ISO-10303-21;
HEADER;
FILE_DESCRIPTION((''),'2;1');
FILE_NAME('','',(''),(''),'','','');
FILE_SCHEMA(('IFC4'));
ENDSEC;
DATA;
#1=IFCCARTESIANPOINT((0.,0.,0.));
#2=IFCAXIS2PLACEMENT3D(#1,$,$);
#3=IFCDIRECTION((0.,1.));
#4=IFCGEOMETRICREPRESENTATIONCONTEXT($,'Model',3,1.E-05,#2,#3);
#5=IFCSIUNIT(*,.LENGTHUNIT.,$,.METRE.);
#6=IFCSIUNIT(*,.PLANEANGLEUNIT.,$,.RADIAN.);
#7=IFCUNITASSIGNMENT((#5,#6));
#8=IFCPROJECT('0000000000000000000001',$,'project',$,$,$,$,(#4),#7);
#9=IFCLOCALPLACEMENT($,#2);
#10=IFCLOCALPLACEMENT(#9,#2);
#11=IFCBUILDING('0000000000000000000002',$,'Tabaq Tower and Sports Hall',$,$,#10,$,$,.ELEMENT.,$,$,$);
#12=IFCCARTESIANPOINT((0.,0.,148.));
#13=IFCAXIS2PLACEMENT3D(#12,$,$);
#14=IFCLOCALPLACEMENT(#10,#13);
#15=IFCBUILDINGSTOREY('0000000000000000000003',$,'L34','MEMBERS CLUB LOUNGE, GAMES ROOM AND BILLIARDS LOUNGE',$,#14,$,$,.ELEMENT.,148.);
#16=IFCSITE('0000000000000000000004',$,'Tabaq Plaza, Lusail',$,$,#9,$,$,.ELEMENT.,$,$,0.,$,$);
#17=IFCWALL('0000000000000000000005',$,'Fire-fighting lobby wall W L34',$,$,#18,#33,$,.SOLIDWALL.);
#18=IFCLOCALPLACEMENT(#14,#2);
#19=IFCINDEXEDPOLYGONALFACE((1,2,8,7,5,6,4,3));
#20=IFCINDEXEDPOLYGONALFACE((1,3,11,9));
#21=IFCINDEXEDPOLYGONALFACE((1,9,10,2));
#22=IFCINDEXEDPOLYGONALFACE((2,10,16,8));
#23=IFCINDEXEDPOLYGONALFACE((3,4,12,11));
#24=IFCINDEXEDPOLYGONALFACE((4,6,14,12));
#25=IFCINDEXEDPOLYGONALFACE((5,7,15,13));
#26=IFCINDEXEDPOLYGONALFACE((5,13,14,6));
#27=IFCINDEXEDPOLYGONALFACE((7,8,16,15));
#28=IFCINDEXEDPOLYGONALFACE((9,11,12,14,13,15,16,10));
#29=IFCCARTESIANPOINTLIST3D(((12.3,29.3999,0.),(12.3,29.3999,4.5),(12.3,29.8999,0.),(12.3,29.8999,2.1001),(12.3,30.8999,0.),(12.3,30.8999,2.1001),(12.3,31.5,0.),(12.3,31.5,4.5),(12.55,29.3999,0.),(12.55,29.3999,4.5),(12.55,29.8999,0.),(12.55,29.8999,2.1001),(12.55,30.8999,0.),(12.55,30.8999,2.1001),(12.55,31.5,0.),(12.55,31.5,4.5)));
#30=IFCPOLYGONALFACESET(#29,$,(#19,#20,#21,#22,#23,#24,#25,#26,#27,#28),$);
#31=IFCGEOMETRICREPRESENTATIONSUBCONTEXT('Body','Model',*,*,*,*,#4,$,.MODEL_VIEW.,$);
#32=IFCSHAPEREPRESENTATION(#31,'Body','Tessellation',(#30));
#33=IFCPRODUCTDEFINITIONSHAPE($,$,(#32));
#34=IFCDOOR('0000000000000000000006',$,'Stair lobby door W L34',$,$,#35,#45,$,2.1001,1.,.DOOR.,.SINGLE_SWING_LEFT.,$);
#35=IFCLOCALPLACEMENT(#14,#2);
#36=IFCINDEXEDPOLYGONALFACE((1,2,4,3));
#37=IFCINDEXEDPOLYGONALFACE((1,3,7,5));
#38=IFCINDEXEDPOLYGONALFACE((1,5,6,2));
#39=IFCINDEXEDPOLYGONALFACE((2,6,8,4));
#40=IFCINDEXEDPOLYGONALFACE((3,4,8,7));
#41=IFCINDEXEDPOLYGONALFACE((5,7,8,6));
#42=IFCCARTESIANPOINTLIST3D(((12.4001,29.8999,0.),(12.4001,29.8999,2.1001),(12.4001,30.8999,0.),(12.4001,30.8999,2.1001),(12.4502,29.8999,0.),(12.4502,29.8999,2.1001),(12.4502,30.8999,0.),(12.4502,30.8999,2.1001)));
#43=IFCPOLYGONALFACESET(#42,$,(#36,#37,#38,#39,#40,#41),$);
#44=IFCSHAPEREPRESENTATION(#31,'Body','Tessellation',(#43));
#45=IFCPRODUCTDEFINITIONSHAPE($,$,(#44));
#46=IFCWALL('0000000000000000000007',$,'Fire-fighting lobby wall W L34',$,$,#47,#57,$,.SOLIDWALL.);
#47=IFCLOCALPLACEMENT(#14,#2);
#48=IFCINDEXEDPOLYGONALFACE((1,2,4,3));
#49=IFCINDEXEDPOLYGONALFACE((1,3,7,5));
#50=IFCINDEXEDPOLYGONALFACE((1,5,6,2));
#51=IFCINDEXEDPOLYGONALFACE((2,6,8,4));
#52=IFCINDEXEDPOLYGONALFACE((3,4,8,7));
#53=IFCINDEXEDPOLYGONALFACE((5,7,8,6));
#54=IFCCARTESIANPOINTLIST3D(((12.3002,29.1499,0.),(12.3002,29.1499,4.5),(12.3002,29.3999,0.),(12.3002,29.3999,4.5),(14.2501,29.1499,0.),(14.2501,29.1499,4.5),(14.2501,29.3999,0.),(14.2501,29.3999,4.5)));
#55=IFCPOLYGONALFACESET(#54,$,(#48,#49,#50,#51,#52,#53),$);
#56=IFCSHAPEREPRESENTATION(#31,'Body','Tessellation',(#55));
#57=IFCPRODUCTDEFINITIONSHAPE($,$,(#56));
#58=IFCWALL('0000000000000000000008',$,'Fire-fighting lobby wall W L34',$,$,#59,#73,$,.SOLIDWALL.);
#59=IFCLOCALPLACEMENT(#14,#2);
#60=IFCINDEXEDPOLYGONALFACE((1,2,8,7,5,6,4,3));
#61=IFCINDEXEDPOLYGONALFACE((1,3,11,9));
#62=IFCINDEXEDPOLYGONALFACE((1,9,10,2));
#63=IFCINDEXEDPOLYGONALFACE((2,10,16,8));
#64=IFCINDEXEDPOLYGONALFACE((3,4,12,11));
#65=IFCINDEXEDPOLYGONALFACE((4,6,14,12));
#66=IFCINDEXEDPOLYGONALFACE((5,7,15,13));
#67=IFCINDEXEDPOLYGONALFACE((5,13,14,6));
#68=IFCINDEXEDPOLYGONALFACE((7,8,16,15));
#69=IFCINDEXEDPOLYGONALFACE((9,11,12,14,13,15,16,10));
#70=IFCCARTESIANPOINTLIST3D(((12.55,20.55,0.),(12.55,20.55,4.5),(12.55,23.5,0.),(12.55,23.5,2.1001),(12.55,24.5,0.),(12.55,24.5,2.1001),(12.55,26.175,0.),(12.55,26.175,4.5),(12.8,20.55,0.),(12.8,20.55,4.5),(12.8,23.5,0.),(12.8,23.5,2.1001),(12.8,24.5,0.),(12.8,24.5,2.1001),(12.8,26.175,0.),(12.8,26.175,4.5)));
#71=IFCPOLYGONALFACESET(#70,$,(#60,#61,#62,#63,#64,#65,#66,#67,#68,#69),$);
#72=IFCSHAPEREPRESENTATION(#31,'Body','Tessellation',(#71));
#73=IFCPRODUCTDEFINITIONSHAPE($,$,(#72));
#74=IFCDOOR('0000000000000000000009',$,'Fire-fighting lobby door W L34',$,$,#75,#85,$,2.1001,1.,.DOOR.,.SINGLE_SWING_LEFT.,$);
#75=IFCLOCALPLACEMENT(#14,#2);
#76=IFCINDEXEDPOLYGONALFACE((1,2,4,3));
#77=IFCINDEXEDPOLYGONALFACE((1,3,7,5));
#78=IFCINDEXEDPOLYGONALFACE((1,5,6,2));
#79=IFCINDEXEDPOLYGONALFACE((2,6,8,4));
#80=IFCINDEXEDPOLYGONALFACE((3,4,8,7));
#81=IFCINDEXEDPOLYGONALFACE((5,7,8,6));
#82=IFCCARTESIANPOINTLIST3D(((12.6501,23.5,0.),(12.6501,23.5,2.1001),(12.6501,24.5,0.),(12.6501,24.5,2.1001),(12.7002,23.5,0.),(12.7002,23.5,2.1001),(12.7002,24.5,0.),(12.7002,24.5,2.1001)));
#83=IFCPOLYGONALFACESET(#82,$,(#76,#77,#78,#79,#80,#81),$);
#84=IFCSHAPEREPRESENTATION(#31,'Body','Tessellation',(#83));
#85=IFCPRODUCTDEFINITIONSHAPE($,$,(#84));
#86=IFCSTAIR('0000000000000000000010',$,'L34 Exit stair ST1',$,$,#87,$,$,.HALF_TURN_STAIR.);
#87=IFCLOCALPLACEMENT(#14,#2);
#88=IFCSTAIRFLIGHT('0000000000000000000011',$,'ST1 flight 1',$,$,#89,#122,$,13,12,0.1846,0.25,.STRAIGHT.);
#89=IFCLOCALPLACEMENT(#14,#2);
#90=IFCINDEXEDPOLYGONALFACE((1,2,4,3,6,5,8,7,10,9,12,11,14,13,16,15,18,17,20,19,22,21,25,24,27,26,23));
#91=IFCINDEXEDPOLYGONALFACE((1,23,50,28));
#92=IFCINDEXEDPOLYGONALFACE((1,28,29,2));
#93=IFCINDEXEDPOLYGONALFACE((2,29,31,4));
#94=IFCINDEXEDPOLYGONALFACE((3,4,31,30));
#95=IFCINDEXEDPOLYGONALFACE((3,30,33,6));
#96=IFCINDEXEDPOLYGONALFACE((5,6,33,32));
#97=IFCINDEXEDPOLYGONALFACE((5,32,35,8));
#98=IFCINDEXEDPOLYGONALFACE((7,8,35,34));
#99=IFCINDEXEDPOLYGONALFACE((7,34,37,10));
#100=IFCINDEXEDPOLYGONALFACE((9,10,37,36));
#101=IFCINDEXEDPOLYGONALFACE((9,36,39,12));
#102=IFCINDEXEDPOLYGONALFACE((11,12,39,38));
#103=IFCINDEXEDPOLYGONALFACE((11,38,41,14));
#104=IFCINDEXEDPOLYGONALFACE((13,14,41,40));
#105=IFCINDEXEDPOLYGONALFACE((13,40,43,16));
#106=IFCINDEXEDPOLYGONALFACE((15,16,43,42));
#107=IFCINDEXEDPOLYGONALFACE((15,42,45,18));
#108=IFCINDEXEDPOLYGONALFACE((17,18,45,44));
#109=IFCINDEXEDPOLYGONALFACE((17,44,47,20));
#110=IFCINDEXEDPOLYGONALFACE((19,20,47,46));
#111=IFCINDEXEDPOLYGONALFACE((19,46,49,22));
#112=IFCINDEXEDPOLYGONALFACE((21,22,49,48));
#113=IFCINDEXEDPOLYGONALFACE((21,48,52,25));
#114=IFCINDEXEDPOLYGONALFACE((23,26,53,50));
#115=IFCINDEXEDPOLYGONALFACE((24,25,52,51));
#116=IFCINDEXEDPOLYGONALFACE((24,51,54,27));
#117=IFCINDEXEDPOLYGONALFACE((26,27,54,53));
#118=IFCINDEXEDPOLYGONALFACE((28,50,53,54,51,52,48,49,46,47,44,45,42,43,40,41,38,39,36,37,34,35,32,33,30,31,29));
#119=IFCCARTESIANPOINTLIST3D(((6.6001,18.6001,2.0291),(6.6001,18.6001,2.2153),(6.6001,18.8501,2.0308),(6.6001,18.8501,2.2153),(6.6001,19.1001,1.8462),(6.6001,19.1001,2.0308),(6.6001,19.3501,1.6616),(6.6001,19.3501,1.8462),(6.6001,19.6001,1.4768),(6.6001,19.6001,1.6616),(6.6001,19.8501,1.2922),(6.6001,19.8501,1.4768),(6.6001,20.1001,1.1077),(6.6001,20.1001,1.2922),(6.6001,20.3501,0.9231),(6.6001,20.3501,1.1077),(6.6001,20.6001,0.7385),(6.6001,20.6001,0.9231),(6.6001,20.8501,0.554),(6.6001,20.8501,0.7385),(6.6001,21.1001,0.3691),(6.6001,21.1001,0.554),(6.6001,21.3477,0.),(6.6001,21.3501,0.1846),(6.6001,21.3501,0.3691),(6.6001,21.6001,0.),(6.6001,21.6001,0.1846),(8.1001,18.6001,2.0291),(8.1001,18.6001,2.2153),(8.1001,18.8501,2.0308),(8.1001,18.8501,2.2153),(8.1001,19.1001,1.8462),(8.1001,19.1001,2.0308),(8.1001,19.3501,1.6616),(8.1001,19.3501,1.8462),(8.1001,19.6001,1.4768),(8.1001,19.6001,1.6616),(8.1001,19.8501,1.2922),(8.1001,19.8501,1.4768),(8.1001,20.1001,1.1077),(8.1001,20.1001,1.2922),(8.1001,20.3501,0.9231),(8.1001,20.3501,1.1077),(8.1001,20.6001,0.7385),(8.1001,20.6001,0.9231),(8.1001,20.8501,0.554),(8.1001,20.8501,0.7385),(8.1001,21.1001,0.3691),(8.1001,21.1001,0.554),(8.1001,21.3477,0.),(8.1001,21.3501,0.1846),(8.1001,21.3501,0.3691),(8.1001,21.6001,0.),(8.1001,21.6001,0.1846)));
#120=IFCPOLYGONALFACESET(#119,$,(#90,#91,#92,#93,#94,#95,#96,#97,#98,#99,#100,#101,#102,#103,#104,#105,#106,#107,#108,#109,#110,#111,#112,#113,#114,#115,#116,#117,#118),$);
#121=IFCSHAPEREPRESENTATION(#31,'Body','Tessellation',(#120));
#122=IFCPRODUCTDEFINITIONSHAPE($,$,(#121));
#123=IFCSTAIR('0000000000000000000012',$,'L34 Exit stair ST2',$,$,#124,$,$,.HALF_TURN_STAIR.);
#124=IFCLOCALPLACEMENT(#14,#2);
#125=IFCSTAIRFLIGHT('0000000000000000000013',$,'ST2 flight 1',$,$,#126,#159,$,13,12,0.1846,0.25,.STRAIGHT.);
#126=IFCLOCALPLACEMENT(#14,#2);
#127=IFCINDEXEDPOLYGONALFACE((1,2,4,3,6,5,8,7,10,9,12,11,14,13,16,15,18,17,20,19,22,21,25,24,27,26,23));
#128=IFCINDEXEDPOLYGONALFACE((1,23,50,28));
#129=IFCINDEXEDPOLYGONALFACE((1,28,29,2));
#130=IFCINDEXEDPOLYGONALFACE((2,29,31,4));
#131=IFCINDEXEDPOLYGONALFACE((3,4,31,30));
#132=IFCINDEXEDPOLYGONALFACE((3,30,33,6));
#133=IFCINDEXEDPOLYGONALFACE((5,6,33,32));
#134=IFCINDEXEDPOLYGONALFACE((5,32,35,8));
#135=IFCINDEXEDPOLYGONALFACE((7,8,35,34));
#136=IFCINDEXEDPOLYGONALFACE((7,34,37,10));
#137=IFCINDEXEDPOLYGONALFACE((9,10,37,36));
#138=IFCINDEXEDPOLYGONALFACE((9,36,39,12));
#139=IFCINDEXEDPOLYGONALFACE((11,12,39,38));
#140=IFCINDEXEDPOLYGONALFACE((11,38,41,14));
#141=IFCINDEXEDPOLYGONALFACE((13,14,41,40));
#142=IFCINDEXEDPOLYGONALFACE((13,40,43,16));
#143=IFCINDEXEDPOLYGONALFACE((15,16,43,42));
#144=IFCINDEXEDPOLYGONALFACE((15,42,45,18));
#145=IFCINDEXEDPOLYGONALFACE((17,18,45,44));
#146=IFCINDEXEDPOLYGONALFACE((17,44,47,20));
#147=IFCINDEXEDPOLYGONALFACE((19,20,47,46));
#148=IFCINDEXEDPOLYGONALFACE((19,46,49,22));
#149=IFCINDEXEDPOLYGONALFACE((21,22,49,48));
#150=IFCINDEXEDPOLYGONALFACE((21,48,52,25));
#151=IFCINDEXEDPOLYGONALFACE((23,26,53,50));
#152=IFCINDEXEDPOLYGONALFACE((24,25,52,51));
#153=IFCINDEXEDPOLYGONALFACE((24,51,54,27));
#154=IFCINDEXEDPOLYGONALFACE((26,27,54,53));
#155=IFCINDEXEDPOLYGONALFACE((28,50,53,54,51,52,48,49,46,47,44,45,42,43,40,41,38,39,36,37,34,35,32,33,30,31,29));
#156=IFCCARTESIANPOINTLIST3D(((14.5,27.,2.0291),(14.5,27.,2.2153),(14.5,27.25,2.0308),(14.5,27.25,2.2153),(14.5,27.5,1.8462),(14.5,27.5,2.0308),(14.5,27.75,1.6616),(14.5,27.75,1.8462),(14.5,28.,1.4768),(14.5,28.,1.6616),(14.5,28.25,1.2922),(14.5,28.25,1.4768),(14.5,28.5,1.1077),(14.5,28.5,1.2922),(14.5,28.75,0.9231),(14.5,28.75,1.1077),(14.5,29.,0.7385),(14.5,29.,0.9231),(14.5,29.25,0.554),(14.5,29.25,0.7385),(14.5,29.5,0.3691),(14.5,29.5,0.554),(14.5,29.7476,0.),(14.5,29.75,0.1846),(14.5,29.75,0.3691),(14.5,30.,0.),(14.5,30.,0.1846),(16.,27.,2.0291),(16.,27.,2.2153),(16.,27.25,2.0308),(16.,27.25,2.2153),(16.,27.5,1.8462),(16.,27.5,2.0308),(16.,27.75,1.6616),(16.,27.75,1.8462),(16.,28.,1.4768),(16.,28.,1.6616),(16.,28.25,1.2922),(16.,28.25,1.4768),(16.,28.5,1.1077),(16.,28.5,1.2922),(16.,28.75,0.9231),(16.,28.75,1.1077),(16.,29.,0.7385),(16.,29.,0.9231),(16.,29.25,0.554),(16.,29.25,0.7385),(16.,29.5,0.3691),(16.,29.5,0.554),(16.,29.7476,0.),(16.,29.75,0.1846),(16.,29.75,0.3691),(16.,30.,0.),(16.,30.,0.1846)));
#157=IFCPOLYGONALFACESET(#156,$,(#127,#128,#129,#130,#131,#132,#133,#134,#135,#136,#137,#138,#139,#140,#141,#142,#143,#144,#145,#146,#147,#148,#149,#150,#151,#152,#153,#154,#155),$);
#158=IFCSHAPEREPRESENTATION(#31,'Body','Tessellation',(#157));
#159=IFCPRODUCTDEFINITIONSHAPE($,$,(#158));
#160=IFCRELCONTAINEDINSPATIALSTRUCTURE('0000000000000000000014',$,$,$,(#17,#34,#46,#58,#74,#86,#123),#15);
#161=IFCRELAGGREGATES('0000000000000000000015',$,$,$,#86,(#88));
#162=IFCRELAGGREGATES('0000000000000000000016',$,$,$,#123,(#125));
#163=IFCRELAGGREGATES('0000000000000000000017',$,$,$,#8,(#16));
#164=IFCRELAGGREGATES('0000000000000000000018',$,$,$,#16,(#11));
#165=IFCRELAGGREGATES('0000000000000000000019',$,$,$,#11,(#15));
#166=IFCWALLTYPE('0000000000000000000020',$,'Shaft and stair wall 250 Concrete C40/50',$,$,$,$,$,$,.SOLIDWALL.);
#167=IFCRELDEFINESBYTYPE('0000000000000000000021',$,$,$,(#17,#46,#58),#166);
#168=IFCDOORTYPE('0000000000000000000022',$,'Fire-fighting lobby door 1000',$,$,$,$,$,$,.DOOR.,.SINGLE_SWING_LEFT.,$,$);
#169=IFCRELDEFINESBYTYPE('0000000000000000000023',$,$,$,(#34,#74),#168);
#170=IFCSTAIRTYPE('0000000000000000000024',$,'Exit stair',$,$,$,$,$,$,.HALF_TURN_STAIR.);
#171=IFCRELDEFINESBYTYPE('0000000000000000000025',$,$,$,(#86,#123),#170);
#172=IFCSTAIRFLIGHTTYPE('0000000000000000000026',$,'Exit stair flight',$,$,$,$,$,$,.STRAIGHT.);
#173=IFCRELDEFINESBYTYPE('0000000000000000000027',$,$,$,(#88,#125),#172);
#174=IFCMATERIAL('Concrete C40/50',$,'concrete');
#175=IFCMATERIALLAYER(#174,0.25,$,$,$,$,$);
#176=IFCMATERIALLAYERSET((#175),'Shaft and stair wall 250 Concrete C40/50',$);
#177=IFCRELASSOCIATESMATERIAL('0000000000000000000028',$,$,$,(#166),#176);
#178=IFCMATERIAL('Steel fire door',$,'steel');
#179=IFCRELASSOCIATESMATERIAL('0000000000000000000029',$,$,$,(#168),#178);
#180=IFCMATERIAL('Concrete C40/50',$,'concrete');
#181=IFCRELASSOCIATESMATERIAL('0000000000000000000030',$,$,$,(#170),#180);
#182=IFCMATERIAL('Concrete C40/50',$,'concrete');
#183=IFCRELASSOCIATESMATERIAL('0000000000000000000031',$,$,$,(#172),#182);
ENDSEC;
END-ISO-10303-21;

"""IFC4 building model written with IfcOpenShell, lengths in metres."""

from ifc_helpers import new_model, si_unit, direction, frame, frame_2d, origin, place, context, subcontext, project, spatial, polyline, rectangle, outline, extrude, material, layer, layer_set, type_object, element, fill, aggregate, save


model = new_model("IFC4")

# Units and contexts
model_context = context("Model", 3, precision=1e-05, world=origin(), true_north=direction((0.0, 1.0)))
body_context = subcontext(model_context, "Body", "Model", "MODEL_VIEW")
ifc_project = project(units=[si_unit("LENGTHUNIT", "METRE"), si_unit("PLANEANGLEUNIT", "RADIAN")], contexts=[model_context])

# Site, building, storey
site_placement = place(None, origin())
site = spatial("IfcSite", under=ifc_project, at=site_placement, Name="Tabaq Plaza, Lusail", CompositionType="ELEMENT", RefElevation=0.0)
building_placement = place(site_placement, origin())
building = spatial("IfcBuilding", under=site, at=building_placement, Name="Tabaq Tower and Sports Hall", CompositionType="ELEMENT")
storey_placement = place(building_placement, frame((0.0, 0.0, 148.0)))
storey = spatial("IfcBuildingStorey", under=building, at=storey_placement, Name="L34", Description="MEMBERS CLUB LOUNGE, GAMES ROOM AND BILLIARDS LOUNGE", CompositionType="ELEMENT", Elevation=148.0)

# Shared definitions
ifc_material_1 = material(Name="Concrete C40/50", Category="concrete")
ifc_layer_1 = layer(ifc_material_1, 0.25)
ifc_layer_set_1 = layer_set([ifc_layer_1], Name="Shaft and stair wall 250 Concrete C40/50")
wall_type_1 = type_object("IfcWallType", Name="Shaft and stair wall 250 Concrete C40/50", PredefinedType="SOLIDWALL", material=ifc_layer_set_1)

# Wall, opening, door
wall_1_placement = place(storey_placement, frame((12.425, 29.3999, 0.0), z_axis=(0.0, 0.0, 1.0), x_axis=(0.0, 1.0, 0.0)))
wall_1 = element("IfcWall", 1, at=wall_1_placement, inside=storey, type_object=wall_type_1, Name="Fire-fighting lobby wall W L34", PredefinedType="SOLIDWALL", context=body_context, shape_type="SweptSolid", body=[
    extrude(rectangle(XDim=2.1001, YDim=0.25, at=frame_2d((1.05, 0.0))), origin(), (0.0, 0.0, 1.0), 4.5),
])
opening_1_placement = place(wall_1_placement, frame((0.5, 0.0, 0.0)))
opening_1 = element("IfcOpeningElement", 2, at=opening_1_placement, cuts=wall_1, PredefinedType="OPENING", context=body_context, shape_type="SweptSolid", body=[
    extrude(rectangle(XDim=1.0, YDim=2.1001, at=frame_2d((0.5, 1.05))), frame((0.0, 0.125, 0.0), z_axis=(0.0, -1.0, 0.0), x_axis=(1.0, 0.0, 0.0)), (0.0, 0.0, 1.0), 0.25),
])
ifc_material_2 = material(Name="Steel fire door", Category="steel")
door_type_1 = type_object("IfcDoorType", Name="Fire-fighting lobby door 1000", OperationType="SINGLE_SWING_LEFT", PredefinedType="DOOR", material=ifc_material_2)
door_1_placement = place(opening_1_placement, origin())
door_1 = element("IfcDoor", 3, at=door_1_placement, inside=storey, type_object=door_type_1, Name="Stair lobby door W L34", OperationType="SINGLE_SWING_LEFT", OverallHeight=2.1001, OverallWidth=1.0, PredefinedType="DOOR", context=body_context, shape_type="SweptSolid", body=[
    extrude(rectangle(XDim=1.0, YDim=2.1001, at=frame_2d((0.5, 1.05))), frame((0.0, 0.0249, 0.0), z_axis=(0.0, -1.0, 0.0), x_axis=(1.0, 0.0, 0.0)), (0.0, 0.0, 1.0), 0.05),
])
fill(opening_1, door_1)

# Wall
wall_2_placement = place(storey_placement, frame((12.3, 29.2749, 0.0), z_axis=(0.0, 0.0, 1.0), x_axis=(1.0, 0.0, 0.0)))
element("IfcWall", 4, at=wall_2_placement, inside=storey, type_object=wall_type_1, Name="Fire-fighting lobby wall W L34", PredefinedType="SOLIDWALL", context=body_context, shape_type="SweptSolid", body=[
    extrude(rectangle(XDim=1.95, YDim=0.25, at=frame_2d((0.9751, 0.0))), origin(), (0.0, 0.0, 1.0), 4.5),
])

# Wall, opening, door
wall_3_placement = place(storey_placement, frame((12.675, 20.55, 0.0), z_axis=(0.0, 0.0, 1.0), x_axis=(0.0, 1.0, 0.0)))
wall_3 = element("IfcWall", 5, at=wall_3_placement, inside=storey, type_object=wall_type_1, Name="Fire-fighting lobby wall W L34", PredefinedType="SOLIDWALL", context=body_context, shape_type="SweptSolid", body=[
    extrude(rectangle(XDim=5.625, YDim=0.25, at=frame_2d((2.8125, 0.0))), origin(), (0.0, 0.0, 1.0), 4.5),
])
opening_2_placement = place(wall_3_placement, frame((2.95, 0.0, 0.0)))
opening_2 = element("IfcOpeningElement", 6, at=opening_2_placement, cuts=wall_3, PredefinedType="OPENING", context=body_context, shape_type="SweptSolid", body=[
    extrude(rectangle(XDim=1.0, YDim=2.1001, at=frame_2d((0.5, 1.05))), frame((0.0, 0.125, 0.0), z_axis=(0.0, -1.0, 0.0), x_axis=(1.0, 0.0, 0.0)), (0.0, 0.0, 1.0), 0.25),
])
door_2_placement = place(opening_2_placement, origin())
door_2 = element("IfcDoor", 7, at=door_2_placement, inside=storey, type_object=door_type_1, Name="Fire-fighting lobby door W L34", OperationType="SINGLE_SWING_LEFT", OverallHeight=2.1001, OverallWidth=1.0, PredefinedType="DOOR", context=body_context, shape_type="SweptSolid", body=[
    extrude(rectangle(XDim=1.0, YDim=2.1001, at=frame_2d((0.5, 1.05))), frame((0.0, 0.0249, 0.0), z_axis=(0.0, -1.0, 0.0), x_axis=(1.0, 0.0, 0.0)), (0.0, 0.0, 1.0), 0.05),
])
fill(opening_2, door_2)

# Stair, stair flight
ifc_material_3 = material(Name="Concrete C40/50", Category="concrete")
stair_type = type_object("IfcStairType", Name="Exit stair", PredefinedType="HALF_TURN_STAIR", material=ifc_material_3)
stair_1_placement = place(storey_placement, origin())
stair_1 = element("IfcStair", 8, at=stair_1_placement, inside=storey, type_object=stair_type, Name="L34 Exit stair ST1", PredefinedType="HALF_TURN_STAIR")
ifc_material_4 = material(Name="Concrete C40/50", Category="concrete")
stair_flight_type = type_object("IfcStairFlightType", Name="Exit stair flight", PredefinedType="STRAIGHT", material=ifc_material_4)
stair_flight_1_placement = place(storey_placement, frame((7.3501, 21.6001, 0.0), z_axis=(0.0, 0.0, 1.0), x_axis=(0.0, -1.0, 0.0)))
stair_flight_1 = element("IfcStairFlight", 9, at=stair_flight_1_placement, type_object=stair_flight_type, Name="ST1 flight 1", NumberOfRisers=13, NumberOfTreads=12, PredefinedType="STRAIGHT", RiserHeight=0.1846, TreadLength=0.25, context=body_context, shape_type="SweptSolid", body=[
    extrude(outline(polyline([(0.0, 0.0), (0.0, 0.1846), (0.25, 0.1846), (0.25, 0.3691), (0.5, 0.3691), (0.5, 0.554), (0.75, 0.554), (0.75, 0.7385), (1.0, 0.7385), (1.0, 0.9231), (1.25, 0.9231), (1.25, 1.1077), (1.5, 1.1077), (1.5, 1.2922), (1.75, 1.2922), (1.75, 1.4768), (2.0, 1.4768), (2.0, 1.6616), (2.25, 1.6616), (2.25, 1.8462), (2.5, 1.8462), (2.5, 2.0308), (2.75, 2.0308), (2.75, 2.2153), (3.0, 2.2153), (3.0, 2.3999), (3.0, 2.0291), (0.2524, 0.0), (0.0, 0.0)])), frame((0.0, 0.75, 0.0), z_axis=(0.0, -1.0, 0.0), x_axis=(1.0, 0.0, 0.0)), (0.0, 0.0, 1.0), 1.5),
])
aggregate(stair_1, [stair_flight_1])

# Stair, stair flight
stair_2_placement = place(storey_placement, origin())
stair_2 = element("IfcStair", 10, at=stair_2_placement, inside=storey, type_object=stair_type, Name="L34 Exit stair ST2", PredefinedType="HALF_TURN_STAIR")
stair_flight_2_placement = place(storey_placement, frame((15.25, 30.0, 0.0), z_axis=(0.0, 0.0, 1.0), x_axis=(0.0, -1.0, 0.0)))
stair_flight_2 = element("IfcStairFlight", 11, at=stair_flight_2_placement, type_object=stair_flight_type, Name="ST2 flight 1", NumberOfRisers=13, NumberOfTreads=12, PredefinedType="STRAIGHT", RiserHeight=0.1846, TreadLength=0.25, context=body_context, shape_type="SweptSolid", body=[
    extrude(outline(polyline([(0.0, 0.0), (0.0, 0.1846), (0.25, 0.1846), (0.25, 0.3691), (0.5, 0.3691), (0.5, 0.554), (0.75, 0.554), (0.75, 0.7385), (1.0, 0.7385), (1.0, 0.9231), (1.25, 0.9231), (1.25, 1.1077), (1.5, 1.1077), (1.5, 1.2922), (1.75, 1.2922), (1.75, 1.4768), (2.0, 1.4768), (2.0, 1.6616), (2.25, 1.6616), (2.25, 1.8462), (2.5, 1.8462), (2.5, 2.0308), (2.75, 2.0308), (2.75, 2.2153), (3.0, 2.2153), (3.0, 2.3999), (3.0, 2.0291), (0.2524, 0.0), (0.0, 0.0)])), frame((0.0, 0.75, 0.0), z_axis=(0.0, -1.0, 0.0), x_axis=(1.0, 0.0, 0.0)), (0.0, 0.0, 1.0), 1.5),
])
aggregate(stair_2, [stair_flight_2])

save(model, "model.ifc")
